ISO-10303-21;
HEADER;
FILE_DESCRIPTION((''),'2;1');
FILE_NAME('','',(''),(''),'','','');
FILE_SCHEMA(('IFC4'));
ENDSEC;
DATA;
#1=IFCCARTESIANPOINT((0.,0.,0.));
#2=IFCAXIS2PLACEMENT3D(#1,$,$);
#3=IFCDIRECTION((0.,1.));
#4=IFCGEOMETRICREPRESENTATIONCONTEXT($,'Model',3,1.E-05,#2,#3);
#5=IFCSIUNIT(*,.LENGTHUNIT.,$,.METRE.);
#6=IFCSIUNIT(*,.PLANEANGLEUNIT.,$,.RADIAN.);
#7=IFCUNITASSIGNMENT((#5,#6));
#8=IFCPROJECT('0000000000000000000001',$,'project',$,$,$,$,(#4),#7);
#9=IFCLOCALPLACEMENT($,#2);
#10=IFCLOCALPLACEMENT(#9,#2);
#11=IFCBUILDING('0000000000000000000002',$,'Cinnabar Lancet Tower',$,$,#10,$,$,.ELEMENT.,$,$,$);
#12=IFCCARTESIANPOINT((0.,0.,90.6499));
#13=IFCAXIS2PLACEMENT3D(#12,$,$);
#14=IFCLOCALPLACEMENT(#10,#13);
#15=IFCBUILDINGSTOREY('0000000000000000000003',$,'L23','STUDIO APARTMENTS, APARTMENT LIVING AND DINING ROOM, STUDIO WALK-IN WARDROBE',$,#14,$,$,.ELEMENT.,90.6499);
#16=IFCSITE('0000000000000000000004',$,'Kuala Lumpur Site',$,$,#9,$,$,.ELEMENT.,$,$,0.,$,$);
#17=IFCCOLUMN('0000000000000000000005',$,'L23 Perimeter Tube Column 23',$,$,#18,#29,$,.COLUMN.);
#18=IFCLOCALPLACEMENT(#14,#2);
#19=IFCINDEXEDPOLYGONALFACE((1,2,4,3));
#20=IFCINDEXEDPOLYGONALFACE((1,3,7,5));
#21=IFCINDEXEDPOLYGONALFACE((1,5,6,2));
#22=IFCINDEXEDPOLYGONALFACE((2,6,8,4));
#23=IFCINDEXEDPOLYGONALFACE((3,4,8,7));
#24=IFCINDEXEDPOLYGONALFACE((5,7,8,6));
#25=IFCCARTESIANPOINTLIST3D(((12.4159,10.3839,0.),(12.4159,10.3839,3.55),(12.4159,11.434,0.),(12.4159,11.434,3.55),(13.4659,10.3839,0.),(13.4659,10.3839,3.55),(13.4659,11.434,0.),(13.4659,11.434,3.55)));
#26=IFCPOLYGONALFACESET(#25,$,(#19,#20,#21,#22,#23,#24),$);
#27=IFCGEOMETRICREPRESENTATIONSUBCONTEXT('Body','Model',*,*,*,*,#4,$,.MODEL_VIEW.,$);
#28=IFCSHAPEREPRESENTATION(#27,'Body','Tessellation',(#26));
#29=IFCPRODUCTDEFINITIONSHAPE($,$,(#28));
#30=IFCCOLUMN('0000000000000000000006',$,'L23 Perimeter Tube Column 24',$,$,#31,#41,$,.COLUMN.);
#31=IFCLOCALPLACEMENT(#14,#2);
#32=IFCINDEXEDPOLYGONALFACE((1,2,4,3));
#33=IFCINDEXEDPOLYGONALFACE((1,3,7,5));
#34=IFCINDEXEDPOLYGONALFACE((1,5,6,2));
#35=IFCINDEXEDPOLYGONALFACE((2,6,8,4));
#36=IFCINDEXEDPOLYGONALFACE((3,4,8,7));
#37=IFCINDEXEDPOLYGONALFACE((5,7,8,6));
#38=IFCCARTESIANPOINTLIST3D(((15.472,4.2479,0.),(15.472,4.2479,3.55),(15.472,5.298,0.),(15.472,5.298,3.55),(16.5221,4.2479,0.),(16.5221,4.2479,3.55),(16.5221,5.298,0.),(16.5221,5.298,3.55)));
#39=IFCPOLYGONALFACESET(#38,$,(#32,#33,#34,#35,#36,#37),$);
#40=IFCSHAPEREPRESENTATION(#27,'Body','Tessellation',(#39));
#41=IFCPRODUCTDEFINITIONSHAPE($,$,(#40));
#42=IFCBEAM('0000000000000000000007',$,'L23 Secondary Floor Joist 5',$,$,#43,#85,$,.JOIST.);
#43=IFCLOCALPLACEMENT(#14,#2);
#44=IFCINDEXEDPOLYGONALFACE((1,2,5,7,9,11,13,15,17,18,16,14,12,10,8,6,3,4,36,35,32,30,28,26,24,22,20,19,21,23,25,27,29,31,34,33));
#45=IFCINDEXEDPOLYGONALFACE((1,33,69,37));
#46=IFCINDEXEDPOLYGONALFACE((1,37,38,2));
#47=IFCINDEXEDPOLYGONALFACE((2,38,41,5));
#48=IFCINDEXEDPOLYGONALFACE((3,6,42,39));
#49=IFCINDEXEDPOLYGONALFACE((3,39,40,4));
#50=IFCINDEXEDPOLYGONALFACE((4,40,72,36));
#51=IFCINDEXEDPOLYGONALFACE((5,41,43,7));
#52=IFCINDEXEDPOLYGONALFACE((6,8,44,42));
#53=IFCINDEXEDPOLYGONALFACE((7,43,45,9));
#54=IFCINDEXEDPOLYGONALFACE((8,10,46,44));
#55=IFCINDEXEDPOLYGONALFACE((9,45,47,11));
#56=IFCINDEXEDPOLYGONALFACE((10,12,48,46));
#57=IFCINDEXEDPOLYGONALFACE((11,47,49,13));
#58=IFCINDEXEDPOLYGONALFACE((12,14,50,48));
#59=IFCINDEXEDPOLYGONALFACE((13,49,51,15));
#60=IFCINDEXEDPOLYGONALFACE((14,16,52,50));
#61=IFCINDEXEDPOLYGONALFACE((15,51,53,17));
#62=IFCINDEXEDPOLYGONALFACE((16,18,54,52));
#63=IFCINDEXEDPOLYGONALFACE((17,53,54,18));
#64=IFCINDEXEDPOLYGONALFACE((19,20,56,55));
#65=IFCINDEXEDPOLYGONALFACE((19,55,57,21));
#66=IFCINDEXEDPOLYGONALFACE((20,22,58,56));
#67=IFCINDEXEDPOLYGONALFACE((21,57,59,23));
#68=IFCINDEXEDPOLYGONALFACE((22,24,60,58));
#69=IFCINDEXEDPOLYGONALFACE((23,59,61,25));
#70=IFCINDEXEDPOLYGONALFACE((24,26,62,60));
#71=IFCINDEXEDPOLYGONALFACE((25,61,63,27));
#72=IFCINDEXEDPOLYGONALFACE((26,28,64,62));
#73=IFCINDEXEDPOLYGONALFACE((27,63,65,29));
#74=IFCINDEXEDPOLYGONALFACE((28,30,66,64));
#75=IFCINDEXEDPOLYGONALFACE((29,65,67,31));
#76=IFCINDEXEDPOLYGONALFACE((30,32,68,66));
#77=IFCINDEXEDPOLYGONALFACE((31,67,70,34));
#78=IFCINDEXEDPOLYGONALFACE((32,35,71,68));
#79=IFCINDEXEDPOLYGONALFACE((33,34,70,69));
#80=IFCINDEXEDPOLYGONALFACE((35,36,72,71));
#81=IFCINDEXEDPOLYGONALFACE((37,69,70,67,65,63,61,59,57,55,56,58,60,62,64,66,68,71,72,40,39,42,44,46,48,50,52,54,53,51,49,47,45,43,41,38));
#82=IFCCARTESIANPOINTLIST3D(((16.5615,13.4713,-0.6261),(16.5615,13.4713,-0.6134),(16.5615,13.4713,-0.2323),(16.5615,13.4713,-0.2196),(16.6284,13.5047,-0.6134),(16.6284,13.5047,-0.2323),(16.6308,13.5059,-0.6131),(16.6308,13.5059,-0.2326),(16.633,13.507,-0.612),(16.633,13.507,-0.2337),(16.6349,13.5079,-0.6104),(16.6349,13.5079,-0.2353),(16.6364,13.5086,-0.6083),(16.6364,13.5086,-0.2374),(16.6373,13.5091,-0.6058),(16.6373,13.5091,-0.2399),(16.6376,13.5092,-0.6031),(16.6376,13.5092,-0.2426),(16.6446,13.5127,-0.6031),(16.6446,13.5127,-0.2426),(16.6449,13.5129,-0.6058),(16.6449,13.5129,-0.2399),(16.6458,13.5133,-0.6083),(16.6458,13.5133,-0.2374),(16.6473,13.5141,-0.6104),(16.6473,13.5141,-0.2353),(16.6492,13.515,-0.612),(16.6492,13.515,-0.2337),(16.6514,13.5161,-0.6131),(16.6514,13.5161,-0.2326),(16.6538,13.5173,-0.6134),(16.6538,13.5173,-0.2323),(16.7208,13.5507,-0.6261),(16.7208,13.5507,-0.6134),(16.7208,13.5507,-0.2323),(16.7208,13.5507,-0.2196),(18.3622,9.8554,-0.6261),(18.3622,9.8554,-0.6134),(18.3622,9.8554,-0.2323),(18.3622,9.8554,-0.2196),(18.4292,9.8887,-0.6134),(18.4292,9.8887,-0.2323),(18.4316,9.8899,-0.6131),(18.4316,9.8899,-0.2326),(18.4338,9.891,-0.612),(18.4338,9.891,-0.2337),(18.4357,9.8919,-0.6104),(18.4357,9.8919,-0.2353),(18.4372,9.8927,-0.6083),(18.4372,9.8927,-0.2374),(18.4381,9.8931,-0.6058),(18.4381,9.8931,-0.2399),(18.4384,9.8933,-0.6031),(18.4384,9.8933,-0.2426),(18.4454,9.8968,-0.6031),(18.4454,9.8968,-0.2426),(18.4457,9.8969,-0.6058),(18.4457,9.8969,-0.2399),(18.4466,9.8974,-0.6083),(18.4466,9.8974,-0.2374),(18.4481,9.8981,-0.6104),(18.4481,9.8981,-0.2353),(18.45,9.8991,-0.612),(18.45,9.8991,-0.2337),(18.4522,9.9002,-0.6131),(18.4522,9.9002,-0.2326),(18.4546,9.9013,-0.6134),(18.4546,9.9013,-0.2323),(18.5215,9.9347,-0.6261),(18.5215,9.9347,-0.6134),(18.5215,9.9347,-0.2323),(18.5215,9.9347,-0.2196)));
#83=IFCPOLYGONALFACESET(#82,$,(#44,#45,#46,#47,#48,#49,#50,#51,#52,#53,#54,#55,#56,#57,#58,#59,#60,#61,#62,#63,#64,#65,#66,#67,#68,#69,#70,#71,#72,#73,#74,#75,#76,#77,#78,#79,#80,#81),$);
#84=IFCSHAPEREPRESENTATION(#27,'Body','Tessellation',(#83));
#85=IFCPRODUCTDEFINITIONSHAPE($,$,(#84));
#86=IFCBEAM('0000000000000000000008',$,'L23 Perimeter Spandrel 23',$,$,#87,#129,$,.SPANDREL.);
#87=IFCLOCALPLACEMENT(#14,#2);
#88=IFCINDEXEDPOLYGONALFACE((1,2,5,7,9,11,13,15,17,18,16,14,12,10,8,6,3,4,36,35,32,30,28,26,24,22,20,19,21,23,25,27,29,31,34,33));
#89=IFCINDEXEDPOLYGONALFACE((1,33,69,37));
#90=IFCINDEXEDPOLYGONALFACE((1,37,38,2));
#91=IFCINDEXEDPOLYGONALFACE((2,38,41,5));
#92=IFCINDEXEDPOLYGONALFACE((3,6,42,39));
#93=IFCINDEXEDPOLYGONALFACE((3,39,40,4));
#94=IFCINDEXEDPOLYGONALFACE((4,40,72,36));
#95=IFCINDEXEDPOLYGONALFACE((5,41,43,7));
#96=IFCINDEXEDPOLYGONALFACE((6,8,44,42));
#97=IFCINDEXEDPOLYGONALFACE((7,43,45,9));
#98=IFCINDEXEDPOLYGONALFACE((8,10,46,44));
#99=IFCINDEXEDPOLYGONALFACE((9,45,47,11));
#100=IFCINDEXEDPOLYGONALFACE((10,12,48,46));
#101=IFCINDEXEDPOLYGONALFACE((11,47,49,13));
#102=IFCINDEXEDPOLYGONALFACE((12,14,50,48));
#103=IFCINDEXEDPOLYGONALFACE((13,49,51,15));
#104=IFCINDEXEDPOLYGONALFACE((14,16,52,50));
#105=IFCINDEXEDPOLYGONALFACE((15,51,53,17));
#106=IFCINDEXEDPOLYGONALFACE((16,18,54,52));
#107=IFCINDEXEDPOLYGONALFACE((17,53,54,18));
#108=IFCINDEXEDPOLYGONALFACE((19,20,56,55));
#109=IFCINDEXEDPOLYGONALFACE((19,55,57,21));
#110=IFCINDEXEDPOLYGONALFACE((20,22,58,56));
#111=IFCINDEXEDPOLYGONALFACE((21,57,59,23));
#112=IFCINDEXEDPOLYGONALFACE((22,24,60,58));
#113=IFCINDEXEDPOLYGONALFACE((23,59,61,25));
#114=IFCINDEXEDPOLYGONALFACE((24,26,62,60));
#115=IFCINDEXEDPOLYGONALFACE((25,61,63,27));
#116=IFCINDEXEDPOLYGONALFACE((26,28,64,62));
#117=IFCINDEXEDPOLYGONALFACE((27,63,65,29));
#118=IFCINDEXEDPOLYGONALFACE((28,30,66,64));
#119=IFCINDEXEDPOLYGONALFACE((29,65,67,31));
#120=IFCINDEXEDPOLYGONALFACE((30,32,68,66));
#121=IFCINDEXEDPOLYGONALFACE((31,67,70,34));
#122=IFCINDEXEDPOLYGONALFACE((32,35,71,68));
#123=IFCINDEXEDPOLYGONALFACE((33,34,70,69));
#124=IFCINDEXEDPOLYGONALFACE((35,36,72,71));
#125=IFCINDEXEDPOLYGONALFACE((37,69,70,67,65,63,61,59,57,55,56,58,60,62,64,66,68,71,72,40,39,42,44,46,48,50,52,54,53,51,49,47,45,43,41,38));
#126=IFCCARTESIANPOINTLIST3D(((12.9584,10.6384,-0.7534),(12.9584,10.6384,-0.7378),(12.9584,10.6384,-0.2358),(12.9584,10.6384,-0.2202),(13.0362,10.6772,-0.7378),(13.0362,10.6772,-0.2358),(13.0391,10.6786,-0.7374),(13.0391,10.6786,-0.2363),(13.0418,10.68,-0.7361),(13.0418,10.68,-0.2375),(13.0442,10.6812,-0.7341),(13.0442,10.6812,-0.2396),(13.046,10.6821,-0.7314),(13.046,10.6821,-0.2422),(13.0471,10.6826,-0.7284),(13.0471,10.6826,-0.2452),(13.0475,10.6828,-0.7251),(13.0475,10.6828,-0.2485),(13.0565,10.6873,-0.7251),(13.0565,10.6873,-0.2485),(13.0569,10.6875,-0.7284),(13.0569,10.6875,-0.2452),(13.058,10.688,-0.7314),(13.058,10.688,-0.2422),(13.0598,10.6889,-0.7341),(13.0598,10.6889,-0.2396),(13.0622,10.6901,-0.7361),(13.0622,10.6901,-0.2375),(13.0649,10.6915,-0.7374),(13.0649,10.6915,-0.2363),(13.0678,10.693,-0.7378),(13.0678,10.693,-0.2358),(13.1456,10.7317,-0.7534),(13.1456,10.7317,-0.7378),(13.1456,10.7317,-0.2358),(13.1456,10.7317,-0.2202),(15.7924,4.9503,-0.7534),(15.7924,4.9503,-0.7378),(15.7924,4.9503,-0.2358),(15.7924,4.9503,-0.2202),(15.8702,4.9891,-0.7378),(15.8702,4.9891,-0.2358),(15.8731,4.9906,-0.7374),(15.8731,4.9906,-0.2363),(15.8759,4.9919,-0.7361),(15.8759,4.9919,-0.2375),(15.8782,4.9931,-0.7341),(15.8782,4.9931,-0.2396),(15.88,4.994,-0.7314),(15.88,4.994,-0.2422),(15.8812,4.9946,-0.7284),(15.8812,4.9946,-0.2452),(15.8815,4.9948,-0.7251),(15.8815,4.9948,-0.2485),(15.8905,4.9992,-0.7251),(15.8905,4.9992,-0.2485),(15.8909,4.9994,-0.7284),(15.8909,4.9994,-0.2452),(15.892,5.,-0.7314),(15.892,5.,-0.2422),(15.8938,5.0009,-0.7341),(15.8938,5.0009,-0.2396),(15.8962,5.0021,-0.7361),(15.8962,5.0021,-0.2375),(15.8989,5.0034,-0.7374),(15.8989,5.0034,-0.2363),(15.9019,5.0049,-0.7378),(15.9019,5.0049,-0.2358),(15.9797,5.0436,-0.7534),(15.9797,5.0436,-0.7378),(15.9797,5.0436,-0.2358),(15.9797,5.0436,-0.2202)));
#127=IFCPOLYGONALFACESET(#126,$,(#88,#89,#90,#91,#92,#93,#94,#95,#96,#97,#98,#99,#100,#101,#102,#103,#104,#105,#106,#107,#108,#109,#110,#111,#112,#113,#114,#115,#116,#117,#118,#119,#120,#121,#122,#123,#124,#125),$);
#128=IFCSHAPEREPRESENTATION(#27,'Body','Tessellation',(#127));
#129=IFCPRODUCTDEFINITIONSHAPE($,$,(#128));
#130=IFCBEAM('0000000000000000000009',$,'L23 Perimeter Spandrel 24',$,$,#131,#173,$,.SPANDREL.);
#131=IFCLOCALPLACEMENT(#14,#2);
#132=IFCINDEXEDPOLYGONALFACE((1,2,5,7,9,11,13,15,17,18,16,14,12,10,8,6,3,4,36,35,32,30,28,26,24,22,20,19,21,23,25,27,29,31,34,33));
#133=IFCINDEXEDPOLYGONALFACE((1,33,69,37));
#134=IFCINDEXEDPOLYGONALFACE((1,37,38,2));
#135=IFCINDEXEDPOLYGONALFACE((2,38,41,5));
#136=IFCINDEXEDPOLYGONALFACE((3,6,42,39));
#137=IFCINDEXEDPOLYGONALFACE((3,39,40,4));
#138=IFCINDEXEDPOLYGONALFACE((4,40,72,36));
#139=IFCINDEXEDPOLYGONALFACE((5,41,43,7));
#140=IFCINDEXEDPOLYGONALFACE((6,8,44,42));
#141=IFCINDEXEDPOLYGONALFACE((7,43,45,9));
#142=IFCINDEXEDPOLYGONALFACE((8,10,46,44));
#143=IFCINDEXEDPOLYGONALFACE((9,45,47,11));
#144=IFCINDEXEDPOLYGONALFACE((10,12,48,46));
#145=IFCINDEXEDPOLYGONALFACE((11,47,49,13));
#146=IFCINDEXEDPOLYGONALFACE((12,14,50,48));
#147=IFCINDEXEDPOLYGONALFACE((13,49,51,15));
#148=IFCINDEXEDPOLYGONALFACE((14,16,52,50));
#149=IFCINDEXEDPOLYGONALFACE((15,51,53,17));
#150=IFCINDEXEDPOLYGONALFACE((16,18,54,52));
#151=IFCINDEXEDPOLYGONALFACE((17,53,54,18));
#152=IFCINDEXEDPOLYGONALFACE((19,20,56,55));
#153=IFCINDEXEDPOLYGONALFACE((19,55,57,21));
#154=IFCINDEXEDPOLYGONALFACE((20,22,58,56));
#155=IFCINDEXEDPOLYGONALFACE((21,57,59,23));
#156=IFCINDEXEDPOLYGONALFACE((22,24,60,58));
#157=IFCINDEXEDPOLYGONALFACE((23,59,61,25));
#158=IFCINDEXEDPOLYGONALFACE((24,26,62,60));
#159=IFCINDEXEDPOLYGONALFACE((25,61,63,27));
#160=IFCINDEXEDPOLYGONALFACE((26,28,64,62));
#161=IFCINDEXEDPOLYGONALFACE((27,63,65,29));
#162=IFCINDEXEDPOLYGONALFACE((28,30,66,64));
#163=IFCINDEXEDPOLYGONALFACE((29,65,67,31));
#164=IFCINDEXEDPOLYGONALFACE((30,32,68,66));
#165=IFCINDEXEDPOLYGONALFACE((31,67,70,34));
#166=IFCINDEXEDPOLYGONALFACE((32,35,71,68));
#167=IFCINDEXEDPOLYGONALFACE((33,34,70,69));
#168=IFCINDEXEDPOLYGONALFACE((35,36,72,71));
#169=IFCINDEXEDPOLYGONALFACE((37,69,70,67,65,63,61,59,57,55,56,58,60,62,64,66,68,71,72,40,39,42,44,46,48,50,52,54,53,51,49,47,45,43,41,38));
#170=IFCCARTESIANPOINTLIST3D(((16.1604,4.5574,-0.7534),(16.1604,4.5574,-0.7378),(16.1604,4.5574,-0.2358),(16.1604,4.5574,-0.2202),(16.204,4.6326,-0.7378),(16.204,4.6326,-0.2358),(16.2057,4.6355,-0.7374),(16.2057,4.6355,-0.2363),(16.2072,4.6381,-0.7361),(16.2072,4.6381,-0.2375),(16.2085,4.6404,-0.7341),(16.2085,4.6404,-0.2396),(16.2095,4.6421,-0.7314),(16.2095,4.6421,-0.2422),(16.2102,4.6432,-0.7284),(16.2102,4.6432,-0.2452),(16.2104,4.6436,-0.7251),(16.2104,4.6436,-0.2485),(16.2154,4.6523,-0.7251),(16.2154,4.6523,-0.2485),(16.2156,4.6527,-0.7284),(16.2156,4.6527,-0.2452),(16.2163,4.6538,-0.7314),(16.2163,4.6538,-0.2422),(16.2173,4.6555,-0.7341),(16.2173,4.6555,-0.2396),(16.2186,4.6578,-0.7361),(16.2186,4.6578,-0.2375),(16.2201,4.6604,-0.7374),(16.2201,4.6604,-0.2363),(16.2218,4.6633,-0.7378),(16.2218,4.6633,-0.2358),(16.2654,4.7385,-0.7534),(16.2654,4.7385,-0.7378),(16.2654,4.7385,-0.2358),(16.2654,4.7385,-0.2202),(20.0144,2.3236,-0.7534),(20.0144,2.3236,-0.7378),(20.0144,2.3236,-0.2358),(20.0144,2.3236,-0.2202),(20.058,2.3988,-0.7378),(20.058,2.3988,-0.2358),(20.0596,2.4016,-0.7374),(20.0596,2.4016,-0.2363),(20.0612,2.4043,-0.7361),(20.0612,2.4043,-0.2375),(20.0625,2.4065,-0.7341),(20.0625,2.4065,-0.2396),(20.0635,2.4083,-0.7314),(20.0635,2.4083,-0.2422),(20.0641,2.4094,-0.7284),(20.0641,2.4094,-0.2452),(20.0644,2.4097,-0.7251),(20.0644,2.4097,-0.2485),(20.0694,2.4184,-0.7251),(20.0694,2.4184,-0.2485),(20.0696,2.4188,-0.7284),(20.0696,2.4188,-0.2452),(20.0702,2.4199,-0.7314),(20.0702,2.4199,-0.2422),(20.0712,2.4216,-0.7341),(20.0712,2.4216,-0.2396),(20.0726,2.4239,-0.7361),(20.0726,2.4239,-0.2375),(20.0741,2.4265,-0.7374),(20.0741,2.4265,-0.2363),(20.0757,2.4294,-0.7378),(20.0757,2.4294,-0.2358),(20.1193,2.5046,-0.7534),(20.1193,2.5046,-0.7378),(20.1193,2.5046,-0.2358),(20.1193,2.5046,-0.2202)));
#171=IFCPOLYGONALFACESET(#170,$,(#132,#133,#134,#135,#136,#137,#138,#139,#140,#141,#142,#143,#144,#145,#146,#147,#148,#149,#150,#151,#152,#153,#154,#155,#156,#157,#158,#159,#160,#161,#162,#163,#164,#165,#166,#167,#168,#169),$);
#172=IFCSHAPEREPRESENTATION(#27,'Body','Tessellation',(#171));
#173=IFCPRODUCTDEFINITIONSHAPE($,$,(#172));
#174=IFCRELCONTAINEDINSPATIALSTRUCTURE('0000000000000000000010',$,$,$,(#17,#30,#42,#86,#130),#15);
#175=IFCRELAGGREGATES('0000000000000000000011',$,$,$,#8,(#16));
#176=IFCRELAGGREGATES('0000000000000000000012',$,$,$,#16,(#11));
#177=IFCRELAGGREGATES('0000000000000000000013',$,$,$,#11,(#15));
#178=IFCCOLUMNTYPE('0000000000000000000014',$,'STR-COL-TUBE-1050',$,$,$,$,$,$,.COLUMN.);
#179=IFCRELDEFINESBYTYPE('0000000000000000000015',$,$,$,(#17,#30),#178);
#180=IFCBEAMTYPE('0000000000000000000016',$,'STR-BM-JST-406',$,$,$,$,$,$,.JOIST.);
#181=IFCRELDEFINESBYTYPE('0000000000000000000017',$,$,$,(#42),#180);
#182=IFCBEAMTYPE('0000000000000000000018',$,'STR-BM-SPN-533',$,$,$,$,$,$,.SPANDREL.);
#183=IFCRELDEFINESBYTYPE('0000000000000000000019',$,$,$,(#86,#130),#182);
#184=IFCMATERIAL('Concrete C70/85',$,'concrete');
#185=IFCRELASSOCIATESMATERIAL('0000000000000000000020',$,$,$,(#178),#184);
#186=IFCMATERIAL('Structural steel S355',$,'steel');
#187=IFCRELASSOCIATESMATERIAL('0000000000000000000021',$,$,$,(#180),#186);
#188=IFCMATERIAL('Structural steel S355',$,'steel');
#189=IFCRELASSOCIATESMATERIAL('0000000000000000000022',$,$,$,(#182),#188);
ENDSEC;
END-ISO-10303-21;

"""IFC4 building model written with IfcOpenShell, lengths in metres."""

from ifc_helpers import new_model, si_unit, direction, frame, origin, origin_2d, place, context, subcontext, project, spatial, rectangle, i_section, extrude, material, material_profile, profile_set, type_object, element, save


model = new_model("IFC4")

# Units and contexts
model_context = context("Model", 3, precision=1e-05, world=origin(), true_north=direction((0.0, 1.0)))
body_context = subcontext(model_context, "Body", "Model", "MODEL_VIEW")
ifc_project = project(units=[si_unit("LENGTHUNIT", "METRE"), si_unit("PLANEANGLEUNIT", "RADIAN")], contexts=[model_context])

# Site, building, storey
site_placement = place(None, origin())
site = spatial("IfcSite", under=ifc_project, at=site_placement, Name="Kuala Lumpur Site", CompositionType="ELEMENT", RefElevation=0.0)
building_placement = place(site_placement, origin())
building = spatial("IfcBuilding", under=site, at=building_placement, Name="Cinnabar Lancet Tower", CompositionType="ELEMENT")
storey_placement = place(building_placement, frame((0.0, 0.0, 90.6499)))
storey = spatial("IfcBuildingStorey", under=building, at=storey_placement, Name="L23", Description="STUDIO APARTMENTS, APARTMENT LIVING AND DINING ROOM, STUDIO WALK-IN WARDROBE", CompositionType="ELEMENT", Elevation=90.6499)

# Columns
ifc_material_1 = material(Name="Concrete C70/85", Category="concrete")
ifc_material_profile_1 = material_profile(ifc_material_1, rectangle(XDim=1.05, YDim=1.05, at=origin_2d()), Name="RC-COL 1050x1050")
ifc_profile_set_1 = profile_set([ifc_material_profile_1], Name="Concrete C70/85")
column_type = type_object("IfcColumnType", Name="STR-COL-TUBE-1050", PredefinedType="COLUMN", material=ifc_profile_set_1)
for number, where, z_axis, x_axis, name in (
    (1, (12.9409, 10.9089, 0.0), (0.0, 0.0, 1.0), (1.0, 0.0, 0.0), "L23 Perimeter Tube Column 23"),
    (2, (15.9971, 4.7729, 0.0), (0.0, 0.0, 1.0), (1.0, 0.0, 0.0), "L23 Perimeter Tube Column 24"),
):
    element("IfcColumn", number, at=place(storey_placement, frame(where, z_axis=z_axis, x_axis=x_axis)), inside=storey, type_object=column_type, Name=name, PredefinedType="COLUMN", context=body_context, shape_type="SweptSolid", body=[
        extrude(rectangle(XDim=1.05, YDim=1.05, at=origin_2d()), origin(), (0.0, 0.0, 1.0), 3.55),
    ])

# Beams
ifc_material_2 = material(Name="Structural steel S355", Category="steel")
ifc_material_profile_2 = material_profile(ifc_material_2, i_section(OverallWidth=0.178, OverallDepth=0.4065, WebThickness=0.0078, FlangeThickness=0.0127, FilletRadius=0.0103, at=origin_2d()), Name="UKB 406x178x60")
ifc_profile_set_2 = profile_set([ifc_material_profile_2], Name="Structural steel S355")
beam_type_1 = type_object("IfcBeamType", Name="STR-BM-JST-406", PredefinedType="JOIST", material=ifc_profile_set_2)
beam_1_placement = place(storey_placement, frame((16.6411, 13.511, -0.4229), z_axis=(0.445787, -0.895139, 0.0), x_axis=(0.895139, 0.445787, 0.0)))
element("IfcBeam", 3, at=beam_1_placement, inside=storey, type_object=beam_type_1, Name="L23 Secondary Floor Joist 5", PredefinedType="JOIST", context=body_context, shape_type="SweptSolid", body=[
    extrude(i_section(OverallWidth=0.178, OverallDepth=0.4065, WebThickness=0.0078, FlangeThickness=0.0127, FilletRadius=0.0103, at=origin_2d()), origin(), (0.0, 0.0, 1.0), 4.0396),
])
ifc_material_3 = material(Name="Structural steel S355", Category="steel")
ifc_material_profile_3 = material_profile(ifc_material_3, i_section(OverallWidth=0.2092, OverallDepth=0.5332, WebThickness=0.01, FlangeThickness=0.0156, FilletRadius=0.0127, at=origin_2d()), Name="UKB 533x210x92")
ifc_profile_set_3 = profile_set([ifc_material_profile_3], Name="Structural steel S355")
beam_type_2 = type_object("IfcBeamType", Name="STR-BM-SPN-533", PredefinedType="SPANDREL", material=ifc_profile_set_3)
beam_2_placement = place(storey_placement, frame((13.052, 10.6851, -0.4868), z_axis=(0.445953, -0.895056, 0.0), x_axis=(0.895056, 0.445953, 0.0)))
element("IfcBeam", 4, at=beam_2_placement, inside=storey, type_object=beam_type_2, Name="L23 Perimeter Spandrel 23", PredefinedType="SPANDREL", context=body_context, shape_type="SweptSolid", body=[
    extrude(i_section(OverallWidth=0.2092, OverallDepth=0.5332, WebThickness=0.01, FlangeThickness=0.0156, FilletRadius=0.0127, at=origin_2d()), origin(), (0.0, 0.0, 1.0), 6.355),
])
beam_3_placement = place(storey_placement, frame((16.2129, 4.6479, -0.4868), z_axis=(0.865171, -0.501477, 0.0), x_axis=(0.501477, 0.865171, 0.0)))
element("IfcBeam", 5, at=beam_3_placement, inside=storey, type_object=beam_type_2, Name="L23 Perimeter Spandrel 24", PredefinedType="SPANDREL", context=body_context, shape_type="SweptSolid", body=[
    extrude(i_section(OverallWidth=0.2092, OverallDepth=0.5332, WebThickness=0.01, FlangeThickness=0.0156, FilletRadius=0.0127, at=origin_2d()), origin(), (0.0, 0.0, 1.0), 4.4546),
])

save(model, "model.ifc")
